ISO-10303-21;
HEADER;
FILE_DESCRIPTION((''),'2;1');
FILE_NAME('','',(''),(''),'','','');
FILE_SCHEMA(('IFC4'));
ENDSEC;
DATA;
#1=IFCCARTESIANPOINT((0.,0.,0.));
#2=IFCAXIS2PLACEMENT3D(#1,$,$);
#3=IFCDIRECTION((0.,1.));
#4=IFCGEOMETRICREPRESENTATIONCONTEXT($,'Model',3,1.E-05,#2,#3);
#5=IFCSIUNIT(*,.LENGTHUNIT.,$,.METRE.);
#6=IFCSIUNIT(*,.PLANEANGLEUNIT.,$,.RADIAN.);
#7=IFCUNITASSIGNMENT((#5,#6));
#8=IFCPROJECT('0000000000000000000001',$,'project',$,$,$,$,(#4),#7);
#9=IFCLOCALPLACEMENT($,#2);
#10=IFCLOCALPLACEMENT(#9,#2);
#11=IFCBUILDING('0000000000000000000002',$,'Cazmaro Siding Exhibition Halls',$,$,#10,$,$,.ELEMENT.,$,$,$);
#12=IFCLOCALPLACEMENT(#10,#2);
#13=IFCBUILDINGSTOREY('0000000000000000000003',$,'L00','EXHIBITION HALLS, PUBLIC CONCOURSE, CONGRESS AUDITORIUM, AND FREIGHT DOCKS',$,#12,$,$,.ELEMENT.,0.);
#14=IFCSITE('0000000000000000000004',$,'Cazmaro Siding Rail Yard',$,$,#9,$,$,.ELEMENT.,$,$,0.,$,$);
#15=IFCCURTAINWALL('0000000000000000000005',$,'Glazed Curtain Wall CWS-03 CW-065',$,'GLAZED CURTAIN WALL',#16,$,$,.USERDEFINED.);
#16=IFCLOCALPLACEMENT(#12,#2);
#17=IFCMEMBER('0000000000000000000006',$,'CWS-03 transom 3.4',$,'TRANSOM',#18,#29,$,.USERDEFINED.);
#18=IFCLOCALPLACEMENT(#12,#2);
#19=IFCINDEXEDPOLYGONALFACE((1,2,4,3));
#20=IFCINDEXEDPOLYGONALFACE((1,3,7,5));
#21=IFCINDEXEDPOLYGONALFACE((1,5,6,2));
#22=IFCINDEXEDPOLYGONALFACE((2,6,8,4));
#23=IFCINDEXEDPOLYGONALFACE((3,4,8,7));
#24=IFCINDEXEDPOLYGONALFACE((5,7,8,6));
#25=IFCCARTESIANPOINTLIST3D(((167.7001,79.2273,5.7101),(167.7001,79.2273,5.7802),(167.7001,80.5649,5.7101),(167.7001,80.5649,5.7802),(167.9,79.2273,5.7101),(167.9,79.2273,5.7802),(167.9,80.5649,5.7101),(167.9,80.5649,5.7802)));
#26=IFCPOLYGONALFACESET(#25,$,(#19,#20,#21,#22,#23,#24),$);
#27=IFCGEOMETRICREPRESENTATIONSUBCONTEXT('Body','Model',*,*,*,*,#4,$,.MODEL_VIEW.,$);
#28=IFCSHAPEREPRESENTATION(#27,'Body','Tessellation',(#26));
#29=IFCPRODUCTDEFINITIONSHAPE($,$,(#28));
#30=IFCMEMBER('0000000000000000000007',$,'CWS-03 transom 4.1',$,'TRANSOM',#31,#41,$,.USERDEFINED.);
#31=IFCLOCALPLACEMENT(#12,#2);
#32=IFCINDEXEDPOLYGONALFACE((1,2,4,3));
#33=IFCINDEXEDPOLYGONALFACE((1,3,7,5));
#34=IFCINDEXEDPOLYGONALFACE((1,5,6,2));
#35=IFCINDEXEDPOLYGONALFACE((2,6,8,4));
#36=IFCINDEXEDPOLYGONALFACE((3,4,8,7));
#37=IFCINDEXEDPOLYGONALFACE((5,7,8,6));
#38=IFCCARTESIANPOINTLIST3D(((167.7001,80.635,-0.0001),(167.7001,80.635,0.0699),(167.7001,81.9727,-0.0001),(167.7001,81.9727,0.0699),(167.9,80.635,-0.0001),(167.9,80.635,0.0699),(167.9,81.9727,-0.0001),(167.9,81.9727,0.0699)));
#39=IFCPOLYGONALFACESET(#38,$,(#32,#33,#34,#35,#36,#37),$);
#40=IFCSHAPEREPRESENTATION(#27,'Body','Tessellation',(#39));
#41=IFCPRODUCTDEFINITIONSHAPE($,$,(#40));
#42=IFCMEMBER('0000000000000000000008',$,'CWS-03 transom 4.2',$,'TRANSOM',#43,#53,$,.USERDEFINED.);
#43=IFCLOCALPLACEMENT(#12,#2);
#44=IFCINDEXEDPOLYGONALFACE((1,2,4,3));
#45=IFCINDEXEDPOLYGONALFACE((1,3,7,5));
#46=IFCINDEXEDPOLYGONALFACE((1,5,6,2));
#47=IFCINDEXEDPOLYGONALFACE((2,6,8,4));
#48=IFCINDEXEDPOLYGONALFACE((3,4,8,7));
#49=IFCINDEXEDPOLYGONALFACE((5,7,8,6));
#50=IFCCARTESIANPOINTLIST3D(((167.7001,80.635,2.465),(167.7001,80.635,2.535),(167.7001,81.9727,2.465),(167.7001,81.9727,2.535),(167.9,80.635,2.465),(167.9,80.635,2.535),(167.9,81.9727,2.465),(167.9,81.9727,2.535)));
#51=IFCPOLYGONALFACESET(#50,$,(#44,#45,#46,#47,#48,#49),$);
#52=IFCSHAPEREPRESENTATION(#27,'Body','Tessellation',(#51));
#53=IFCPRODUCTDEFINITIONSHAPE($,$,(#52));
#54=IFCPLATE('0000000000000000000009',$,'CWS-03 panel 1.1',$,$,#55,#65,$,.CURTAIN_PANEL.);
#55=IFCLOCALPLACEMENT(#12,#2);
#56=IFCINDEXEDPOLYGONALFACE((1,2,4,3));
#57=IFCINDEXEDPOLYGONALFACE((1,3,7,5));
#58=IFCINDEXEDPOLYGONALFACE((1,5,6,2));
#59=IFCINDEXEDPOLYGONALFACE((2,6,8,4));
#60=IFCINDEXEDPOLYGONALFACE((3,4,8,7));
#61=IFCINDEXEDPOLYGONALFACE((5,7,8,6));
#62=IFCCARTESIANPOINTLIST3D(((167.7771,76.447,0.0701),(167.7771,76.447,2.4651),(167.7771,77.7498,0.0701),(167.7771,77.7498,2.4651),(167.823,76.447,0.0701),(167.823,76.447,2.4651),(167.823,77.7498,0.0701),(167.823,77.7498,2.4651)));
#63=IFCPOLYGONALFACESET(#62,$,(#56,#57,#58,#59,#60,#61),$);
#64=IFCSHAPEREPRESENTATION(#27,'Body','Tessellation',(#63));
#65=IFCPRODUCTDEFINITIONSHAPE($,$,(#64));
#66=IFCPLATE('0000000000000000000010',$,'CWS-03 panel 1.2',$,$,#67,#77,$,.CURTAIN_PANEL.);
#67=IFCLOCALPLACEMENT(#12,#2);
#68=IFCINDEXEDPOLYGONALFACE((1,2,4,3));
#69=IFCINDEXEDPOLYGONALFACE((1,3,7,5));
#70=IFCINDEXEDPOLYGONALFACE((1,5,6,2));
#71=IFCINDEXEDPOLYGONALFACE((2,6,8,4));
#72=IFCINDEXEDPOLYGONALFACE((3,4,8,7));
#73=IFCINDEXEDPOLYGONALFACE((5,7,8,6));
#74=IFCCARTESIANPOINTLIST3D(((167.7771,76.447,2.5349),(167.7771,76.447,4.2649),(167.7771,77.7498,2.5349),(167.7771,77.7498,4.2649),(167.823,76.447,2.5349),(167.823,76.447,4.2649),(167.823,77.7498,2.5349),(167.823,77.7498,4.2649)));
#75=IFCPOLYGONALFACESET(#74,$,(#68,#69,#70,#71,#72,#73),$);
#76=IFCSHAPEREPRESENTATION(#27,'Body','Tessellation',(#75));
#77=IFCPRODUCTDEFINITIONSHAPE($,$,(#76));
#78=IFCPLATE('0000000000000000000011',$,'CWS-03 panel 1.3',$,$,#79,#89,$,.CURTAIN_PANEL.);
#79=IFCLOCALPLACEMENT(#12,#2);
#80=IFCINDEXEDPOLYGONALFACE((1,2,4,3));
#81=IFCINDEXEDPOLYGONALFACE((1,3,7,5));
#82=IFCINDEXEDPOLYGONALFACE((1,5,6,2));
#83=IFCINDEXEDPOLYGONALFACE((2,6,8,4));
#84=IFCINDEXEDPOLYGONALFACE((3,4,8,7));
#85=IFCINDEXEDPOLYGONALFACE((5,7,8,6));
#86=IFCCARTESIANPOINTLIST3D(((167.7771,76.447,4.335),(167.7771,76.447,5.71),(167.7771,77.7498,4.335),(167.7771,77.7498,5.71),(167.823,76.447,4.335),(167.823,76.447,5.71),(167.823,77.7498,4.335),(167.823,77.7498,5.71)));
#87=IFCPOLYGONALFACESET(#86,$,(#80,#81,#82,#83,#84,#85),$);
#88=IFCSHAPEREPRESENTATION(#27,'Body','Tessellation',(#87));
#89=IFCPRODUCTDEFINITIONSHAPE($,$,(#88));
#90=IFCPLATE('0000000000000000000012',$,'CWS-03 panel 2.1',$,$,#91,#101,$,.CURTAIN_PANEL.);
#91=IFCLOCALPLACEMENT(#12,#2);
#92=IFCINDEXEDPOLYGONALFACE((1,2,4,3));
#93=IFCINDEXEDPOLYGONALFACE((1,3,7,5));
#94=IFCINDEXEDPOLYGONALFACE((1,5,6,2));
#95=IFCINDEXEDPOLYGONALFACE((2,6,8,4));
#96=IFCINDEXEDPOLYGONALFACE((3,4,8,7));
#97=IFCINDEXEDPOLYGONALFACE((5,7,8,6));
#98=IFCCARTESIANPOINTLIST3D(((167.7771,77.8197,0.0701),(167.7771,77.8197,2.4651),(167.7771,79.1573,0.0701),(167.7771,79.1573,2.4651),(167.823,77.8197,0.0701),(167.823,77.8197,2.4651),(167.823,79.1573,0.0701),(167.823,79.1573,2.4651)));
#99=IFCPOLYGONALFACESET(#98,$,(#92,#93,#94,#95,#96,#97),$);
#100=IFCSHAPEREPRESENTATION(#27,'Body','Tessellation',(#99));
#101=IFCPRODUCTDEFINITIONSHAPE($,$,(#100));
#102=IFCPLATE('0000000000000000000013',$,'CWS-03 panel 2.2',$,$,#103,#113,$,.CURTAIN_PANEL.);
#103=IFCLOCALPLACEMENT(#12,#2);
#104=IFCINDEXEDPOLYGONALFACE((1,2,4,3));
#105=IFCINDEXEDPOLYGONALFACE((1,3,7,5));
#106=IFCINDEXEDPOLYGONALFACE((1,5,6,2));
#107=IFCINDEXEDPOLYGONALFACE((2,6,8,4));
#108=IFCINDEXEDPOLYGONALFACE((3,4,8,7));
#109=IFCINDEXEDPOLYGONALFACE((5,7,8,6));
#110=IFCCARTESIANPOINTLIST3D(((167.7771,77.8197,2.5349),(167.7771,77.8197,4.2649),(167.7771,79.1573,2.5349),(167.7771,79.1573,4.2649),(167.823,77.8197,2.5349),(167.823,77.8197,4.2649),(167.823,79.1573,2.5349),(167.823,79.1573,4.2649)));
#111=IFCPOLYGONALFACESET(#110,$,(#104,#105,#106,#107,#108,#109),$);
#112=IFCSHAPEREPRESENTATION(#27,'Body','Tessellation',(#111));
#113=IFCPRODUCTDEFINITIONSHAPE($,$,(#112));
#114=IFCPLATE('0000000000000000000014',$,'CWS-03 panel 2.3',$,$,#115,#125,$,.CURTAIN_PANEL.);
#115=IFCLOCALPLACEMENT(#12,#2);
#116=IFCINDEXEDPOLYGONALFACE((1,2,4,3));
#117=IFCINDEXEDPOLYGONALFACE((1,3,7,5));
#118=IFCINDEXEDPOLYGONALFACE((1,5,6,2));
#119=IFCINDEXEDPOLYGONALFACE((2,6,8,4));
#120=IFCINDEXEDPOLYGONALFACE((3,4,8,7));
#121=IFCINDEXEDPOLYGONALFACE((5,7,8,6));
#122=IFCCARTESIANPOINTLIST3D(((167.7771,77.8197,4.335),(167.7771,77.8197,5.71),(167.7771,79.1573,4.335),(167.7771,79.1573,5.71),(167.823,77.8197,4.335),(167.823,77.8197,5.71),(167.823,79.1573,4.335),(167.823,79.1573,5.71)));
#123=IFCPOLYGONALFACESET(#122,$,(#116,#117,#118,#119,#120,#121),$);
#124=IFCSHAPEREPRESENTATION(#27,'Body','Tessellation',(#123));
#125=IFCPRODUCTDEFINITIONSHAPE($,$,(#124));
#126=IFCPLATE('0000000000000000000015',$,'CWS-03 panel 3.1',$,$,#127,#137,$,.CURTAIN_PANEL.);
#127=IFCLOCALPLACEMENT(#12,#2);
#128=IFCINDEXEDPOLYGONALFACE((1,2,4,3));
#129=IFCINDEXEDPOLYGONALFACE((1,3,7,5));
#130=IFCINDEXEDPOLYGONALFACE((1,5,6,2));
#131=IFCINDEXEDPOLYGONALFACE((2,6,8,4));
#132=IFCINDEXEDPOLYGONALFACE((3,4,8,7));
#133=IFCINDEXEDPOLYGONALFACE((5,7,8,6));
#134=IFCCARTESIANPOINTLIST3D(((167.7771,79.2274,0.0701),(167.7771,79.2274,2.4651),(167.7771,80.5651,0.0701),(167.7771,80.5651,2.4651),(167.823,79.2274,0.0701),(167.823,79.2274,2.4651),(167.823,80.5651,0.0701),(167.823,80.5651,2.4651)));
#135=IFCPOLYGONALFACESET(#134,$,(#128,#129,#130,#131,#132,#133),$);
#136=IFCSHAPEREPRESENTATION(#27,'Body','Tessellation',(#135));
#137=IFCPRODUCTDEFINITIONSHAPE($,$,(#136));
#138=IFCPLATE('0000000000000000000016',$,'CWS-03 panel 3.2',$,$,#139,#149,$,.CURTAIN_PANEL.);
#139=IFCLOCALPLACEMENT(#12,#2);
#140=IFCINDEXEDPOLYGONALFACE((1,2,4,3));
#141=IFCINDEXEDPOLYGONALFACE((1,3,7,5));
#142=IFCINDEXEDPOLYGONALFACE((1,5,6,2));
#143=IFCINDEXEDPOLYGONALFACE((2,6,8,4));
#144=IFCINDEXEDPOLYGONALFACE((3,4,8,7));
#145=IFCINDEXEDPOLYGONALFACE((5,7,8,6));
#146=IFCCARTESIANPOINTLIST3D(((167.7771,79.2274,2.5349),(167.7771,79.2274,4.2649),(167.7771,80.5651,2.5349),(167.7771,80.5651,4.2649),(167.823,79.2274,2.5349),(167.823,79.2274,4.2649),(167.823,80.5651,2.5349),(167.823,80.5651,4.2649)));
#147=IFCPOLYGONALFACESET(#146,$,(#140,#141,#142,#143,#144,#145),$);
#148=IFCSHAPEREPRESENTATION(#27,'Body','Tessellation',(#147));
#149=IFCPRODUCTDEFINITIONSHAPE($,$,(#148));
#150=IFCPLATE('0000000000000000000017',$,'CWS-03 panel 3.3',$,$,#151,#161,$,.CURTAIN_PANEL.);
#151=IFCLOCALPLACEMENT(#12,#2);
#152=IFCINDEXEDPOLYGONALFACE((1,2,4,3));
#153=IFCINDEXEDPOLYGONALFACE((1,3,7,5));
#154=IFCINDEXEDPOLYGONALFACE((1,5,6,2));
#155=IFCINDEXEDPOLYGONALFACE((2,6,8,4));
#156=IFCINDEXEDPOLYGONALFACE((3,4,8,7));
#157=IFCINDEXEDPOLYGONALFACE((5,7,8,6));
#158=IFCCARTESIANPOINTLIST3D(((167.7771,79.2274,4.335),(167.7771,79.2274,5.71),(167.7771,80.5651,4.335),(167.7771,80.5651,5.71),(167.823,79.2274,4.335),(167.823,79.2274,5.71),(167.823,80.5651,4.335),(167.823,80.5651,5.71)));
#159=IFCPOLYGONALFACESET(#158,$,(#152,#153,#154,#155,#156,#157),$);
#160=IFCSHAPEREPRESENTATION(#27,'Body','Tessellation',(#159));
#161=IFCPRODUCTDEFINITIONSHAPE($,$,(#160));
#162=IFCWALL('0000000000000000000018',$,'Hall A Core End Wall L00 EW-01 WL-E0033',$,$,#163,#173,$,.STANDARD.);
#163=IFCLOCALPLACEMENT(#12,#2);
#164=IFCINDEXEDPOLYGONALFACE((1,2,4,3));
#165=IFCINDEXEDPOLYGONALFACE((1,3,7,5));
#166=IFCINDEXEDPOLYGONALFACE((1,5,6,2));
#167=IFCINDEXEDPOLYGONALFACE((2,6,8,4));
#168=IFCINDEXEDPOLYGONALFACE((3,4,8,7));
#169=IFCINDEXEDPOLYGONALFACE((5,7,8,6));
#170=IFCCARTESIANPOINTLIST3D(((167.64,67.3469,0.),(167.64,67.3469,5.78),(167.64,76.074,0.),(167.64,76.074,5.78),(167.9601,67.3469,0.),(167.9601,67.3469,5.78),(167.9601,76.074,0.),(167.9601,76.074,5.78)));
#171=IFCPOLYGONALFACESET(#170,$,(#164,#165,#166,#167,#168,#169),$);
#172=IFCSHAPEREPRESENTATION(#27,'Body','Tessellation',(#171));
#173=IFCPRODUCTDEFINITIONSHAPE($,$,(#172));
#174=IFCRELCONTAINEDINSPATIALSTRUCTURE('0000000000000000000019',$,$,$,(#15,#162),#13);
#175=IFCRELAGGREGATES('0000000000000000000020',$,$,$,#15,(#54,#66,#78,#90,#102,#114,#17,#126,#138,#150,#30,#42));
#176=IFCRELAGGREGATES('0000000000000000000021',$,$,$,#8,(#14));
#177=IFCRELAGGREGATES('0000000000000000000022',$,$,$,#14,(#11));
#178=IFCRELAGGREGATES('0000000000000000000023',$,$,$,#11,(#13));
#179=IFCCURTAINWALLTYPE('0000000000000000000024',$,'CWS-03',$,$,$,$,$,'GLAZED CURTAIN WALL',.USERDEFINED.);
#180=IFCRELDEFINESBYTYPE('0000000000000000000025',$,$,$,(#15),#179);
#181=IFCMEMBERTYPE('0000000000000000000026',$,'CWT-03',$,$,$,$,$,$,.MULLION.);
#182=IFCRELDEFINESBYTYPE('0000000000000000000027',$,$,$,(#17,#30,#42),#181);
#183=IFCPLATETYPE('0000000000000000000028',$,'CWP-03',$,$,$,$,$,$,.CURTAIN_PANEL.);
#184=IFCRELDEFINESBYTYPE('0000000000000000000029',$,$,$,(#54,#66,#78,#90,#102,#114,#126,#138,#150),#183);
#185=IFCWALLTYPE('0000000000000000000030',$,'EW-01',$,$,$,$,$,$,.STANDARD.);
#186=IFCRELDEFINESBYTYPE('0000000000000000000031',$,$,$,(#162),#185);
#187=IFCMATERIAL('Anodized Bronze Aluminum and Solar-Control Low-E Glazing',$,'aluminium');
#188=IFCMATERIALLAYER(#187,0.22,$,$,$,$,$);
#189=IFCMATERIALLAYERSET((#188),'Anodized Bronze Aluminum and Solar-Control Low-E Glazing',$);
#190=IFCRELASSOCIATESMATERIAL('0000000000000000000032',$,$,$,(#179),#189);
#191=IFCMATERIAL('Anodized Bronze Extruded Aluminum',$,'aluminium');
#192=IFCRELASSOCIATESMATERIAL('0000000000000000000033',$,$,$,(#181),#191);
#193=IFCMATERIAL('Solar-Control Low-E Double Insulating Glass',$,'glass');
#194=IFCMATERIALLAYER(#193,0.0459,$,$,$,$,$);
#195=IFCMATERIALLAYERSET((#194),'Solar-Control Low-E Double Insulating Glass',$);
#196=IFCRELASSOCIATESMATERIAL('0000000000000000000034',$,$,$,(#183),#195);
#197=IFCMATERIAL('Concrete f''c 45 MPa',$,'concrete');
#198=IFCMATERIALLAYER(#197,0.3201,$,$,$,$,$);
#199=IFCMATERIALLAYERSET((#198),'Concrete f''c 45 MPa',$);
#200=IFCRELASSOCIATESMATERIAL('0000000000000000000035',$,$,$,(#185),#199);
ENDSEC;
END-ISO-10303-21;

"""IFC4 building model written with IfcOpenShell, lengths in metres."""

from ifc_helpers import new_model, si_unit, direction, frame, frame_2d, origin, origin_2d, place, context, subcontext, project, spatial, rectangle, extrude, material, layer, layer_set, material_profile, profile_set, type_object, element, aggregate, save


model = new_model("IFC4")

# Units and contexts
model_context = context("Model", 3, precision=1e-05, world=origin(), true_north=direction((0.0, 1.0)))
body_context = subcontext(model_context, "Body", "Model", "MODEL_VIEW")
ifc_project = project(units=[si_unit("LENGTHUNIT", "METRE"), si_unit("PLANEANGLEUNIT", "RADIAN")], contexts=[model_context])

# Site, building, storey
site_placement = place(None, origin())
site = spatial("IfcSite", under=ifc_project, at=site_placement, Name="Cazmaro Siding Rail Yard", CompositionType="ELEMENT", RefElevation=0.0)
building_placement = place(site_placement, origin())
building = spatial("IfcBuilding", under=site, at=building_placement, Name="Cazmaro Siding Exhibition Halls", CompositionType="ELEMENT")
storey_placement = place(building_placement, origin())
storey = spatial("IfcBuildingStorey", under=building, at=storey_placement, Name="L00", Description="EXHIBITION HALLS, PUBLIC CONCOURSE, CONGRESS AUDITORIUM, AND FREIGHT DOCKS", CompositionType="ELEMENT", Elevation=0.0)

# Curtain wall, members, plates
ifc_material_1 = material(Name="Anodized Bronze Aluminum and Solar-Control Low-E Glazing", Category="aluminium")
ifc_layer_1 = layer(ifc_material_1, 0.22)
ifc_layer_set_1 = layer_set([ifc_layer_1], Name="Anodized Bronze Aluminum and Solar-Control Low-E Glazing")
curtain_wall_type = type_object("IfcCurtainWallType", Name="CWS-03", ElementType="GLAZED CURTAIN WALL", PredefinedType="USERDEFINED", material=ifc_layer_set_1)
curtain_wall_placement = place(storey_placement, origin())
curtain_wall = element("IfcCurtainWall", 1, at=curtain_wall_placement, inside=storey, type_object=curtain_wall_type, Name="Glazed Curtain Wall CWS-03 CW-065", ObjectType="GLAZED CURTAIN WALL", PredefinedType="USERDEFINED")
ifc_material_2 = material(Name="Anodized Bronze Extruded Aluminum", Category="aluminium")
ifc_material_profile_1 = material_profile(ifc_material_2, rectangle(XDim=0.2, YDim=0.0701, at=origin_2d()), Name="CWT-03")
ifc_profile_set_1 = profile_set([ifc_material_profile_1], Name="Anodized Bronze Extruded Aluminum")
member_type_1 = type_object("IfcMemberType", Name="CWT-03", PredefinedType="MULLION", material=ifc_profile_set_1)
member_1_placement = place(storey_placement, frame((167.8, 79.2273, 5.7451), z_axis=(0.0, 1.0, 0.0), x_axis=(-1.0, 0.0, 0.0)))
member_1 = element("IfcMember", 2, at=member_1_placement, type_object=member_type_1, Name="CWS-03 transom 3.4", ObjectType="TRANSOM", PredefinedType="USERDEFINED", context=body_context, shape_type="SweptSolid", body=[
    extrude(rectangle(XDim=0.2, YDim=0.0701, at=origin_2d()), origin(), (0.0, 0.0, 1.0), 1.3376),
])
member_2_placement = place(storey_placement, frame((167.8, 80.635, 0.0349), z_axis=(0.0, 1.0, 0.0), x_axis=(-1.0, 0.0, 0.0)))
member_2 = element("IfcMember", 3, at=member_2_placement, type_object=member_type_1, Name="CWS-03 transom 4.1", ObjectType="TRANSOM", PredefinedType="USERDEFINED", context=body_context, shape_type="SweptSolid", body=[
    extrude(rectangle(XDim=0.2, YDim=0.0701, at=origin_2d()), origin(), (0.0, 0.0, 1.0), 1.3376),
])
member_3_placement = place(storey_placement, frame((167.8, 80.635, 2.5), z_axis=(0.0, 1.0, 0.0), x_axis=(-1.0, 0.0, 0.0)))
member_3 = element("IfcMember", 4, at=member_3_placement, type_object=member_type_1, Name="CWS-03 transom 4.2", ObjectType="TRANSOM", PredefinedType="USERDEFINED", context=body_context, shape_type="SweptSolid", body=[
    extrude(rectangle(XDim=0.2, YDim=0.0701, at=origin_2d()), origin(), (0.0, 0.0, 1.0), 1.3376),
])
ifc_material_3 = material(Name="Solar-Control Low-E Double Insulating Glass", Category="glass")
ifc_layer_2 = layer(ifc_material_3, 0.0459)
ifc_layer_set_2 = layer_set([ifc_layer_2], Name="Solar-Control Low-E Double Insulating Glass")
plate_type = type_object("IfcPlateType", Name="CWP-03", PredefinedType="CURTAIN_PANEL", material=ifc_layer_set_2)
plate_1_placement = place(storey_placement, frame((167.8, 77.0984, 0.0701), z_axis=(0.0, 0.0, 1.0), x_axis=(0.0, 1.0, 0.0)))
plate_1 = element("IfcPlate", 5, at=plate_1_placement, type_object=plate_type, Name="CWS-03 panel 1.1", PredefinedType="CURTAIN_PANEL", context=body_context, shape_type="SweptSolid", body=[
    extrude(rectangle(XDim=1.3027, YDim=0.0459, at=origin_2d()), origin(), (0.0, 0.0, 1.0), 2.395),
])
plate_2_placement = place(storey_placement, frame((167.8, 77.0984, 2.5349), z_axis=(0.0, 0.0, 1.0), x_axis=(0.0, 1.0, 0.0)))
plate_2 = element("IfcPlate", 6, at=plate_2_placement, type_object=plate_type, Name="CWS-03 panel 1.2", PredefinedType="CURTAIN_PANEL", context=body_context, shape_type="SweptSolid", body=[
    extrude(rectangle(XDim=1.3027, YDim=0.0459, at=origin_2d()), origin(), (0.0, 0.0, 1.0), 1.73),
])
plate_3_placement = place(storey_placement, frame((167.8, 77.0984, 4.335), z_axis=(0.0, 0.0, 1.0), x_axis=(0.0, 1.0, 0.0)))
plate_3 = element("IfcPlate", 7, at=plate_3_placement, type_object=plate_type, Name="CWS-03 panel 1.3", PredefinedType="CURTAIN_PANEL", context=body_context, shape_type="SweptSolid", body=[
    extrude(rectangle(XDim=1.3027, YDim=0.0459, at=origin_2d()), origin(), (0.0, 0.0, 1.0), 1.375),
])
plate_4_placement = place(storey_placement, frame((167.8, 78.4885, 0.0701), z_axis=(0.0, 0.0, 1.0), x_axis=(0.0, 1.0, 0.0)))
plate_4 = element("IfcPlate", 8, at=plate_4_placement, type_object=plate_type, Name="CWS-03 panel 2.1", PredefinedType="CURTAIN_PANEL", context=body_context, shape_type="SweptSolid", body=[
    extrude(rectangle(XDim=1.3376, YDim=0.0459, at=origin_2d()), origin(), (0.0, 0.0, 1.0), 2.395),
])
plate_5_placement = place(storey_placement, frame((167.8, 78.4885, 2.5349), z_axis=(0.0, 0.0, 1.0), x_axis=(0.0, 1.0, 0.0)))
plate_5 = element("IfcPlate", 9, at=plate_5_placement, type_object=plate_type, Name="CWS-03 panel 2.2", PredefinedType="CURTAIN_PANEL", context=body_context, shape_type="SweptSolid", body=[
    extrude(rectangle(XDim=1.3376, YDim=0.0459, at=origin_2d()), origin(), (0.0, 0.0, 1.0), 1.73),
])
plate_6_placement = place(storey_placement, frame((167.8, 78.4885, 4.335), z_axis=(0.0, 0.0, 1.0), x_axis=(0.0, 1.0, 0.0)))
plate_6 = element("IfcPlate", 10, at=plate_6_placement, type_object=plate_type, Name="CWS-03 panel 2.3", PredefinedType="CURTAIN_PANEL", context=body_context, shape_type="SweptSolid", body=[
    extrude(rectangle(XDim=1.3376, YDim=0.0459, at=origin_2d()), origin(), (0.0, 0.0, 1.0), 1.375),
])
plate_7_placement = place(storey_placement, frame((167.8, 79.8962, 0.0701), z_axis=(0.0, 0.0, 1.0), x_axis=(0.0, 1.0, 0.0)))
plate_7 = element("IfcPlate", 11, at=plate_7_placement, type_object=plate_type, Name="CWS-03 panel 3.1", PredefinedType="CURTAIN_PANEL", context=body_context, shape_type="SweptSolid", body=[
    extrude(rectangle(XDim=1.3376, YDim=0.0459, at=origin_2d()), origin(), (0.0, 0.0, 1.0), 2.395),
])
plate_8_placement = place(storey_placement, frame((167.8, 79.8962, 2.5349), z_axis=(0.0, 0.0, 1.0), x_axis=(0.0, 1.0, 0.0)))
plate_8 = element("IfcPlate", 12, at=plate_8_placement, type_object=plate_type, Name="CWS-03 panel 3.2", PredefinedType="CURTAIN_PANEL", context=body_context, shape_type="SweptSolid", body=[
    extrude(rectangle(XDim=1.3376, YDim=0.0459, at=origin_2d()), origin(), (0.0, 0.0, 1.0), 1.73),
])
plate_9_placement = place(storey_placement, frame((167.8, 79.8962, 4.335), z_axis=(0.0, 0.0, 1.0), x_axis=(0.0, 1.0, 0.0)))
plate_9 = element("IfcPlate", 13, at=plate_9_placement, type_object=plate_type, Name="CWS-03 panel 3.3", PredefinedType="CURTAIN_PANEL", context=body_context, shape_type="SweptSolid", body=[
    extrude(rectangle(XDim=1.3376, YDim=0.0459, at=origin_2d()), origin(), (0.0, 0.0, 1.0), 1.375),
])
aggregate(curtain_wall, [plate_1, plate_2, plate_3, plate_4, plate_5, plate_6, member_1, plate_7, plate_8, plate_9, member_2, member_3])

# Shared definitions
ifc_material_4 = material(Name="Concrete f'c 45 MPa", Category="concrete")
ifc_layer_3 = layer(ifc_material_4, 0.3201)
ifc_layer_set_3 = layer_set([ifc_layer_3], Name="Concrete f'c 45 MPa")
wall_type = type_object("IfcWallType", Name="EW-01", PredefinedType="STANDARD", material=ifc_layer_set_3)

# Wall
wall_1_placement = place(storey_placement, frame((167.8, 76.074, 0.0), z_axis=(0.0, 0.0, 1.0), x_axis=(0.0, -1.0, 0.0)))
element("IfcWall", 14, at=wall_1_placement, inside=storey, type_object=wall_type, Name="Hall A Core End Wall L00 EW-01 WL-E0033", PredefinedType="STANDARD", context=body_context, shape_type="SweptSolid", body=[
    extrude(rectangle(XDim=8.7271, YDim=0.3201, at=frame_2d((4.3635, 0.0))), origin(), (0.0, 0.0, 1.0), 5.78),
])

save(model, "model.ifc")
